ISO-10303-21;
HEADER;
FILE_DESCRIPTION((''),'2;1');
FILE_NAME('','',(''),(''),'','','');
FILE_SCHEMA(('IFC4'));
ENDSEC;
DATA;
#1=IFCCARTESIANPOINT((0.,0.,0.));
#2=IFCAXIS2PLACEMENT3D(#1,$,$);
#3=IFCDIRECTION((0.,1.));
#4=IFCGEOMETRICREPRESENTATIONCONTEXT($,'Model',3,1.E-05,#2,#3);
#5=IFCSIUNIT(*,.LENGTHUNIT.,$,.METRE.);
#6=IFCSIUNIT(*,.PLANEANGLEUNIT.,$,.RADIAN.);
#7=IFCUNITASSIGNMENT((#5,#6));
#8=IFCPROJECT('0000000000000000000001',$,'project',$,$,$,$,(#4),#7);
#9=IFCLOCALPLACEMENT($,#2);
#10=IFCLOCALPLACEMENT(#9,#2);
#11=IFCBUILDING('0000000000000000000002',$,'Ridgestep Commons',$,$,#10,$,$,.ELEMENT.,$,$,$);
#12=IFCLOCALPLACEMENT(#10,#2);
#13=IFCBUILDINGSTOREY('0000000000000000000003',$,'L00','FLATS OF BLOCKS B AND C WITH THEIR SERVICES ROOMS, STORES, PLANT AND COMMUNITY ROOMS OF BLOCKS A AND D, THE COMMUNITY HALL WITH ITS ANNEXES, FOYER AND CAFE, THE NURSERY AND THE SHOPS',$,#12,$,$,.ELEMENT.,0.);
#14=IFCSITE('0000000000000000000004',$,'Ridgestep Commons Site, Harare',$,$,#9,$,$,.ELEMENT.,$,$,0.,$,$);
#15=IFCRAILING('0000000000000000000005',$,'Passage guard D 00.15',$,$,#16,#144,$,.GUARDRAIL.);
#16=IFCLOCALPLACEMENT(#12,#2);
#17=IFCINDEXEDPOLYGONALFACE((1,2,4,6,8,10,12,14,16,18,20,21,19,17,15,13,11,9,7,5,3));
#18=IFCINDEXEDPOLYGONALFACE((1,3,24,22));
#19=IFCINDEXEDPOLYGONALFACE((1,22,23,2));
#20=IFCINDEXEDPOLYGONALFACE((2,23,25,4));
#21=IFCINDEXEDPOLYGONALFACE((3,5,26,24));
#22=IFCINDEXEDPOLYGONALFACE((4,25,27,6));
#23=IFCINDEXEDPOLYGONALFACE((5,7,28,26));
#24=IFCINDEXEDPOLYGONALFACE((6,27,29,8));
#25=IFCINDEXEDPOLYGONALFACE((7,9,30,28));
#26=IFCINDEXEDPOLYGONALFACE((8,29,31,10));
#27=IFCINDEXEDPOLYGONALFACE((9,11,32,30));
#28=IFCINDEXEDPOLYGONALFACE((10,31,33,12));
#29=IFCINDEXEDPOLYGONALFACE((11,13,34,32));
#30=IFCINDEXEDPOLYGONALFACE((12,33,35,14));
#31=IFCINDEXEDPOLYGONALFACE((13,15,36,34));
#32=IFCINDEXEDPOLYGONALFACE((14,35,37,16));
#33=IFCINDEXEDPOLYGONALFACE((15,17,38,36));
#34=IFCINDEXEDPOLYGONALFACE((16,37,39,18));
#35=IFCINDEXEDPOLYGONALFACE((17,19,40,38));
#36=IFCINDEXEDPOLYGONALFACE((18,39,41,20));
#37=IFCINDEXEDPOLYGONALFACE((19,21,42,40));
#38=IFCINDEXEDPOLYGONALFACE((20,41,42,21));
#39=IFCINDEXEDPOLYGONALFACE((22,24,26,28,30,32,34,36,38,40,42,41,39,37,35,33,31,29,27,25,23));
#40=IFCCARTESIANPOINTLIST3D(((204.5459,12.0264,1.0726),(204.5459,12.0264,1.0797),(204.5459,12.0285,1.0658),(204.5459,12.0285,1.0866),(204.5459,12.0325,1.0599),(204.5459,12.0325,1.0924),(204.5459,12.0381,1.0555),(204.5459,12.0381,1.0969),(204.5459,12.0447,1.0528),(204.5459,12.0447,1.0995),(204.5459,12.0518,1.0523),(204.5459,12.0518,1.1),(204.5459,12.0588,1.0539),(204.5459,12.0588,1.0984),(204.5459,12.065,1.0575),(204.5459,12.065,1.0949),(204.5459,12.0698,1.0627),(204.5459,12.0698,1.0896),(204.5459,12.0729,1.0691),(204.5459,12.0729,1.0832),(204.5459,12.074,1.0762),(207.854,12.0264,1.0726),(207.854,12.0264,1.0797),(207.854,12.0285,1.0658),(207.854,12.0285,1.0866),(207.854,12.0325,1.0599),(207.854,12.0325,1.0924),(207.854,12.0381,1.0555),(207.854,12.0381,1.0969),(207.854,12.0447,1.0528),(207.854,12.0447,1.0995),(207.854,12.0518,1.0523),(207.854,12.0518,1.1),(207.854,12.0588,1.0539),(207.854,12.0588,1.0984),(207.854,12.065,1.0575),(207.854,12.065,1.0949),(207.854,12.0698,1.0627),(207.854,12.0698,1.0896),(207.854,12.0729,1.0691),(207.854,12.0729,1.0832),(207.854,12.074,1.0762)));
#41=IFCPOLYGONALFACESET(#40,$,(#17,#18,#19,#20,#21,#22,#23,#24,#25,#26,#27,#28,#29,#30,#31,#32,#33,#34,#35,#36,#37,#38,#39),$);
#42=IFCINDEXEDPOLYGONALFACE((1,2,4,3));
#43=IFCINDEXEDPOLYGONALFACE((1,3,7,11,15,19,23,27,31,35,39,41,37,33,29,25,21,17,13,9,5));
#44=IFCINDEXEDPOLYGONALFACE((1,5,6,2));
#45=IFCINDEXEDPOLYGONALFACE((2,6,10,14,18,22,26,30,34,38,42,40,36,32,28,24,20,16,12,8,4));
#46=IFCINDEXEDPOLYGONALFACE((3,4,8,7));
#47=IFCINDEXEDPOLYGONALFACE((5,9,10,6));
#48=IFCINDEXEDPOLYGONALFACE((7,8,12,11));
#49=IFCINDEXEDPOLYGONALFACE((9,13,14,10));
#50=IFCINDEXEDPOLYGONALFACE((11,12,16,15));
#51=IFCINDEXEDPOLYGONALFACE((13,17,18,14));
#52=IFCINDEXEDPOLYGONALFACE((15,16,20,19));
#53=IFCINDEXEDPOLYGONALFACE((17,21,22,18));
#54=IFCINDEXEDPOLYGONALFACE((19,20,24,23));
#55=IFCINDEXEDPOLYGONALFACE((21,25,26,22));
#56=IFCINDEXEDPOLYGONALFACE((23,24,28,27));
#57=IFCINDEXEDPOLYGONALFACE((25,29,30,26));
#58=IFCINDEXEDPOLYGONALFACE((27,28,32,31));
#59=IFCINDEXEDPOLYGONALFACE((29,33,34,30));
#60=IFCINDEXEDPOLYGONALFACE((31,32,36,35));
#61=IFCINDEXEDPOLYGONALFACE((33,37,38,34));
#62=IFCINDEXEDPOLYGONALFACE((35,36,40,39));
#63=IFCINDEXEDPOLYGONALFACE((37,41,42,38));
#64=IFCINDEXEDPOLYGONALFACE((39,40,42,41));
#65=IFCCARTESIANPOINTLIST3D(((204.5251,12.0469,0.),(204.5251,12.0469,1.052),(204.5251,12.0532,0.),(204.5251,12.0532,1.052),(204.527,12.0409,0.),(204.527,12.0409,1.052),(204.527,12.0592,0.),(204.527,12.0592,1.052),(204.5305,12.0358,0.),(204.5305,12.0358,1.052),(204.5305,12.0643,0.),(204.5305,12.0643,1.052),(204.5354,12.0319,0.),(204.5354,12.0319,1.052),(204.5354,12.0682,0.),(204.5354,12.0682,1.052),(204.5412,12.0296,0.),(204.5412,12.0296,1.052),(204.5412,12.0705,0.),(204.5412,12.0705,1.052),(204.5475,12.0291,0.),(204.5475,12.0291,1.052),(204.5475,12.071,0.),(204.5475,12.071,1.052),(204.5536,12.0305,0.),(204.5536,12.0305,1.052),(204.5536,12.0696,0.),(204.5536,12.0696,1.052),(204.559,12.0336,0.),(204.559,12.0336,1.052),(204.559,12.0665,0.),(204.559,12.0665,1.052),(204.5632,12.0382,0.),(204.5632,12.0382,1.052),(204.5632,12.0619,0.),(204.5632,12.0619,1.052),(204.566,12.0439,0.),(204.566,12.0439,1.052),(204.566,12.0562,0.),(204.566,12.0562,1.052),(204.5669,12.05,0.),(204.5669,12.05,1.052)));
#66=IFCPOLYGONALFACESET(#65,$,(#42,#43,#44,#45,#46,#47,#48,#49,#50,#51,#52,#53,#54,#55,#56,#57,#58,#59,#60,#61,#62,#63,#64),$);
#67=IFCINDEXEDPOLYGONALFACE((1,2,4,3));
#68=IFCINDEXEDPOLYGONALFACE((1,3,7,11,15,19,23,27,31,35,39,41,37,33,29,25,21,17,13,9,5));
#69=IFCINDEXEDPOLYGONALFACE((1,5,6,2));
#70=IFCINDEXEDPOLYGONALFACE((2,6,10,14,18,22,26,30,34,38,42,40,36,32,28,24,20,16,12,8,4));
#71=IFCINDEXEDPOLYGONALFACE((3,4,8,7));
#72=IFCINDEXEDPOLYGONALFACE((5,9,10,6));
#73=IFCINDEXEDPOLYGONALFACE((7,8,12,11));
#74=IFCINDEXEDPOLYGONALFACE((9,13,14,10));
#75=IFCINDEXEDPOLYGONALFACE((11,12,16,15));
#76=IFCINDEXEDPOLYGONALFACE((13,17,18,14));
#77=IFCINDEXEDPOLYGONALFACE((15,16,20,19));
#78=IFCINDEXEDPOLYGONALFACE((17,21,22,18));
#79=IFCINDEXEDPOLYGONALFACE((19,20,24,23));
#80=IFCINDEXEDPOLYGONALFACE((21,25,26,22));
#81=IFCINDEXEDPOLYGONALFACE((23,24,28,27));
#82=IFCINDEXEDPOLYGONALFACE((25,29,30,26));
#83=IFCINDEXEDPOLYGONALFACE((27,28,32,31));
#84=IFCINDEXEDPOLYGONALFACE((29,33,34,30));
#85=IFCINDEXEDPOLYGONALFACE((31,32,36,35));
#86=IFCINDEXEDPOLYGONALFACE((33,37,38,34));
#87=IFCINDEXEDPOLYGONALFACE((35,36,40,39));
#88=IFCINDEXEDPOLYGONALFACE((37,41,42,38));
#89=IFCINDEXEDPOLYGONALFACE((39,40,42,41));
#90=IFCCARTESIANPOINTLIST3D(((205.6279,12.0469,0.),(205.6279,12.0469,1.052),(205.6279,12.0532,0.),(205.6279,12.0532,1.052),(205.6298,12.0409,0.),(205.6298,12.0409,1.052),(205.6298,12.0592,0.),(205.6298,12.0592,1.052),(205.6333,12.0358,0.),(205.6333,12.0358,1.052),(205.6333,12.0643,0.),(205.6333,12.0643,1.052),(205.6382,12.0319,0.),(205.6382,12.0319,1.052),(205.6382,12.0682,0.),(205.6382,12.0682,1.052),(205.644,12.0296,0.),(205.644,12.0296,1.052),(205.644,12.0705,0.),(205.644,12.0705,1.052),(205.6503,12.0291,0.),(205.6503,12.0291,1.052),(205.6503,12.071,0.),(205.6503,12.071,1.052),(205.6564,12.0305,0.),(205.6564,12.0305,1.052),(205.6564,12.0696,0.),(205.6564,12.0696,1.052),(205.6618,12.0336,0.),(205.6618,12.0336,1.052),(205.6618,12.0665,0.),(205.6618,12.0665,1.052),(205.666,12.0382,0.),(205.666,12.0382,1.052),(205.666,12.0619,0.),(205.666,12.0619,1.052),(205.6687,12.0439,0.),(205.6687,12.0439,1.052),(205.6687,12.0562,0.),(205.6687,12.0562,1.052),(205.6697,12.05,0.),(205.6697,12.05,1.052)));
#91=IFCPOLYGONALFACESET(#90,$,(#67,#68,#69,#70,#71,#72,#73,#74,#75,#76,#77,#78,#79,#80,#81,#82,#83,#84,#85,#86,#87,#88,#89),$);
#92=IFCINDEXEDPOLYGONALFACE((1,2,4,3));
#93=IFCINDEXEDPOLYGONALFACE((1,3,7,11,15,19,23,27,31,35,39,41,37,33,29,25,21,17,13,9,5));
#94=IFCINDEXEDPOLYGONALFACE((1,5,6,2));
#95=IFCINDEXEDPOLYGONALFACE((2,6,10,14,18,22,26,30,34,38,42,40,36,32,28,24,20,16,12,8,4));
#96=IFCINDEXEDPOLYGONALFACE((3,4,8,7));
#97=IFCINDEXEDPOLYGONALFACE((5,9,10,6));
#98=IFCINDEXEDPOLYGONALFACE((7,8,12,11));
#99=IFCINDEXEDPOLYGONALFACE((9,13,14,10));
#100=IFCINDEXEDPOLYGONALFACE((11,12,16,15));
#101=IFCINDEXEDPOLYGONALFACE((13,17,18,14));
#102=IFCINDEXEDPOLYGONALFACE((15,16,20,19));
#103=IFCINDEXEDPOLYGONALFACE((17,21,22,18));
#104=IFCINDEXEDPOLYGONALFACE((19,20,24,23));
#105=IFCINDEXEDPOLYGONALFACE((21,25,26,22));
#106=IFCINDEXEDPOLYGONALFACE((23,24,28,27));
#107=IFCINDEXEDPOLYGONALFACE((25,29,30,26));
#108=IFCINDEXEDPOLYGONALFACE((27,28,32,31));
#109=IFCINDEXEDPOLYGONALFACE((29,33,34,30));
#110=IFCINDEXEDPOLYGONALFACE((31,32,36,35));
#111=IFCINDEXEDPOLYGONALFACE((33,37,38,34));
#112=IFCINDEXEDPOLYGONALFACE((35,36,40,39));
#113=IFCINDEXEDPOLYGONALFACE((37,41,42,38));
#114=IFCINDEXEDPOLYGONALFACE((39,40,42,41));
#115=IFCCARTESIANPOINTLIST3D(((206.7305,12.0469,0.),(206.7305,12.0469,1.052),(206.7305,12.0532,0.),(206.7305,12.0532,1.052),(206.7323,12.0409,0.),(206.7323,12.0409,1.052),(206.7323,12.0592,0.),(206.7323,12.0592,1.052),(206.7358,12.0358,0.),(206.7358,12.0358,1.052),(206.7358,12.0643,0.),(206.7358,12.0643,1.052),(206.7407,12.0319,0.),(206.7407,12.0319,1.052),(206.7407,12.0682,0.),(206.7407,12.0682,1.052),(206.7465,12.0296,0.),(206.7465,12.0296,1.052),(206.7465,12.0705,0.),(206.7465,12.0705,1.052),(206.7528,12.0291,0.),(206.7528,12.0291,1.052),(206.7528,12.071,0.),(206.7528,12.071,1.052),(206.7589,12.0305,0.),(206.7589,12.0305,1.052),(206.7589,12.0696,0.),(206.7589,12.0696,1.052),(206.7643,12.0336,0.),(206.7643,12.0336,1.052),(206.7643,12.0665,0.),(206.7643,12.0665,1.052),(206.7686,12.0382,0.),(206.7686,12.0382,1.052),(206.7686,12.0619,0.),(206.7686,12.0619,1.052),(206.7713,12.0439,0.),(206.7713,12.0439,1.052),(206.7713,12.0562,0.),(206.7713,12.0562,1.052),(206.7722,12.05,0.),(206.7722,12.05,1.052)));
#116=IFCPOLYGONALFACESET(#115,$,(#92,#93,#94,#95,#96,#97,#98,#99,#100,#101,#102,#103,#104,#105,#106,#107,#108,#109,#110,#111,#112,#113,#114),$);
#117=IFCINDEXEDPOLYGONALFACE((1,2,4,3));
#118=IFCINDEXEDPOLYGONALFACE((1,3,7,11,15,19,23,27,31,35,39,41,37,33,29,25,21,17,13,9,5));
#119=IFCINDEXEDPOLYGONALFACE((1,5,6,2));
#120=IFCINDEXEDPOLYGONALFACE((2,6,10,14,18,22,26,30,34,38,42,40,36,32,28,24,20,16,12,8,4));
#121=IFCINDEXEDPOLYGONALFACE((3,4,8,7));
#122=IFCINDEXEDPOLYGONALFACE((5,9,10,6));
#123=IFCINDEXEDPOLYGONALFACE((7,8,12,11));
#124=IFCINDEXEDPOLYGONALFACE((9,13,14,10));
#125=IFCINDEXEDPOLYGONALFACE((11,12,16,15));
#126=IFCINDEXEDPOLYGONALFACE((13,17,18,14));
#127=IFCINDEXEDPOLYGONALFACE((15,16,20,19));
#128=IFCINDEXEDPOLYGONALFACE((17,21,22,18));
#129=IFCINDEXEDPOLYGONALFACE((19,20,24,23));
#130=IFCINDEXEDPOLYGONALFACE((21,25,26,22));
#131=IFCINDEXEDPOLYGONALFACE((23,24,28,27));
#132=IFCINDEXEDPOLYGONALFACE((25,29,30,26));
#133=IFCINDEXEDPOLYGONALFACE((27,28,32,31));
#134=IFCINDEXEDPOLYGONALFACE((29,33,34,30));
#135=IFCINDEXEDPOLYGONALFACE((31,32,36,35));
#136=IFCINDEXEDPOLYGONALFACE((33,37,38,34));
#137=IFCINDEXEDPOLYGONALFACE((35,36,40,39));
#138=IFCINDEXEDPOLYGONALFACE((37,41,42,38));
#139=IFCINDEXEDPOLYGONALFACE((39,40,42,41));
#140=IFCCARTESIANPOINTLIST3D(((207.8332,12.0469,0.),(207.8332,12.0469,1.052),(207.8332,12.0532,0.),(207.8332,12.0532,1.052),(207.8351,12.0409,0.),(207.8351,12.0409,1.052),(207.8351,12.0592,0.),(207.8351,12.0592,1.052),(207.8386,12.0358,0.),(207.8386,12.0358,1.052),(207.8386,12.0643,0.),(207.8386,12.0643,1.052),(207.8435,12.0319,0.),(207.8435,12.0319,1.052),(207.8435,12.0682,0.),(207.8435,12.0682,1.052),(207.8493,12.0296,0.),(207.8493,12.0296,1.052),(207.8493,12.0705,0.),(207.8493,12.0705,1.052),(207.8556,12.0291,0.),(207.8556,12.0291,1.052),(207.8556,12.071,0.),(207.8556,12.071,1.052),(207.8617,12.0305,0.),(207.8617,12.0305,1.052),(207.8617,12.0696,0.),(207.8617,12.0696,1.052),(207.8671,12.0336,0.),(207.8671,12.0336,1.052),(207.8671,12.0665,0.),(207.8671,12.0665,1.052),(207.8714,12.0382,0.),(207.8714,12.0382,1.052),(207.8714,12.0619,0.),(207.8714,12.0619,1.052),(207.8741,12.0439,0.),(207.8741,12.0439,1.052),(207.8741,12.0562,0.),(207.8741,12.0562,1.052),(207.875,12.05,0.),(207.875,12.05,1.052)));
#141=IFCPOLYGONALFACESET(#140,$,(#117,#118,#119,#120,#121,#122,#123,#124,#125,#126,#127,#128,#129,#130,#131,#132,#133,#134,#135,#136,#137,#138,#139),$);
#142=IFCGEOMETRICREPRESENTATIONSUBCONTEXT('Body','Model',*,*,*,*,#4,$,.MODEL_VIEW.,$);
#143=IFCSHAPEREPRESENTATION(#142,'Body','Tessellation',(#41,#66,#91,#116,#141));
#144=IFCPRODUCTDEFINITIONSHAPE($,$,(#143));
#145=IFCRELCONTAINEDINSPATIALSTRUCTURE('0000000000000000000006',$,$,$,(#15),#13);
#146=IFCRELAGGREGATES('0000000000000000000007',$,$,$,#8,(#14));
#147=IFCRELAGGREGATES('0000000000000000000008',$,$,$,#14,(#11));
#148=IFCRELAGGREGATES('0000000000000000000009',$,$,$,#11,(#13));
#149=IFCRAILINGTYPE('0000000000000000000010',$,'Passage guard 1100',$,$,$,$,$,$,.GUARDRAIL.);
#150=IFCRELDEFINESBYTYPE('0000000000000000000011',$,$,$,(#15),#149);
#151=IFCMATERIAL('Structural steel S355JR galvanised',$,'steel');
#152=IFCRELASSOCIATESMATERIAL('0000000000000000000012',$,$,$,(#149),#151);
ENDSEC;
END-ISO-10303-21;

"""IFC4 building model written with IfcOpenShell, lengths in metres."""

from ifc_helpers import new_model, si_unit, direction, frame, origin, origin_2d, place, context, subcontext, project, spatial, circle, extrude, material, type_object, element, save


model = new_model("IFC4")

# Units and contexts
model_context = context("Model", 3, precision=1e-05, world=origin(), true_north=direction((0.0, 1.0)))
body_context = subcontext(model_context, "Body", "Model", "MODEL_VIEW")
ifc_project = project(units=[si_unit("LENGTHUNIT", "METRE"), si_unit("PLANEANGLEUNIT", "RADIAN")], contexts=[model_context])

# Site, building, storey
site_placement = place(None, origin())
site = spatial("IfcSite", under=ifc_project, at=site_placement, Name="Ridgestep Commons Site, Harare", CompositionType="ELEMENT", RefElevation=0.0)
building_placement = place(site_placement, origin())
building = spatial("IfcBuilding", under=site, at=building_placement, Name="Ridgestep Commons", CompositionType="ELEMENT")
storey_placement = place(building_placement, origin())
storey = spatial("IfcBuildingStorey", under=building, at=storey_placement, Name="L00", Description="FLATS OF BLOCKS B AND C WITH THEIR SERVICES ROOMS, STORES, PLANT AND COMMUNITY ROOMS OF BLOCKS A AND D, THE COMMUNITY HALL WITH ITS ANNEXES, FOYER AND CAFE, THE NURSERY AND THE SHOPS", CompositionType="ELEMENT", Elevation=0.0)

# Railing
ifc_material_1 = material(Name="Structural steel S355JR galvanised", Category="steel")
railing_type = type_object("IfcRailingType", Name="Passage guard 1100", PredefinedType="GUARDRAIL", material=ifc_material_1)
railing_1_placement = place(storey_placement, frame((204.5459, 12.05, 0.0)))
element("IfcRailing", 1, at=railing_1_placement, inside=storey, type_object=railing_type, Name="Passage guard D 00.15", PredefinedType="GUARDRAIL", context=body_context, shape_type="SweptSolid", body=[
    extrude(circle(Radius=0.0239, at=origin_2d()), frame((0.0, 0.0, 1.0762), z_axis=(1.0, 0.0, 0.0), x_axis=(0.0, 1.0, 0.0)), (0.0, 0.0, 1.0), 3.3081),
    extrude(circle(Radius=0.021, at=origin_2d()), origin(), (0.0, 0.0, 1.0), 1.052),
    extrude(circle(Radius=0.021, at=origin_2d()), frame((1.1028, 0.0, 0.0)), (0.0, 0.0, 1.0), 1.052),
    extrude(circle(Radius=0.021, at=origin_2d()), frame((2.2053, 0.0, 0.0)), (0.0, 0.0, 1.0), 1.052),
    extrude(circle(Radius=0.021, at=origin_2d()), frame((3.3081, 0.0, 0.0)), (0.0, 0.0, 1.0), 1.052),
])

save(model, "model.ifc")
